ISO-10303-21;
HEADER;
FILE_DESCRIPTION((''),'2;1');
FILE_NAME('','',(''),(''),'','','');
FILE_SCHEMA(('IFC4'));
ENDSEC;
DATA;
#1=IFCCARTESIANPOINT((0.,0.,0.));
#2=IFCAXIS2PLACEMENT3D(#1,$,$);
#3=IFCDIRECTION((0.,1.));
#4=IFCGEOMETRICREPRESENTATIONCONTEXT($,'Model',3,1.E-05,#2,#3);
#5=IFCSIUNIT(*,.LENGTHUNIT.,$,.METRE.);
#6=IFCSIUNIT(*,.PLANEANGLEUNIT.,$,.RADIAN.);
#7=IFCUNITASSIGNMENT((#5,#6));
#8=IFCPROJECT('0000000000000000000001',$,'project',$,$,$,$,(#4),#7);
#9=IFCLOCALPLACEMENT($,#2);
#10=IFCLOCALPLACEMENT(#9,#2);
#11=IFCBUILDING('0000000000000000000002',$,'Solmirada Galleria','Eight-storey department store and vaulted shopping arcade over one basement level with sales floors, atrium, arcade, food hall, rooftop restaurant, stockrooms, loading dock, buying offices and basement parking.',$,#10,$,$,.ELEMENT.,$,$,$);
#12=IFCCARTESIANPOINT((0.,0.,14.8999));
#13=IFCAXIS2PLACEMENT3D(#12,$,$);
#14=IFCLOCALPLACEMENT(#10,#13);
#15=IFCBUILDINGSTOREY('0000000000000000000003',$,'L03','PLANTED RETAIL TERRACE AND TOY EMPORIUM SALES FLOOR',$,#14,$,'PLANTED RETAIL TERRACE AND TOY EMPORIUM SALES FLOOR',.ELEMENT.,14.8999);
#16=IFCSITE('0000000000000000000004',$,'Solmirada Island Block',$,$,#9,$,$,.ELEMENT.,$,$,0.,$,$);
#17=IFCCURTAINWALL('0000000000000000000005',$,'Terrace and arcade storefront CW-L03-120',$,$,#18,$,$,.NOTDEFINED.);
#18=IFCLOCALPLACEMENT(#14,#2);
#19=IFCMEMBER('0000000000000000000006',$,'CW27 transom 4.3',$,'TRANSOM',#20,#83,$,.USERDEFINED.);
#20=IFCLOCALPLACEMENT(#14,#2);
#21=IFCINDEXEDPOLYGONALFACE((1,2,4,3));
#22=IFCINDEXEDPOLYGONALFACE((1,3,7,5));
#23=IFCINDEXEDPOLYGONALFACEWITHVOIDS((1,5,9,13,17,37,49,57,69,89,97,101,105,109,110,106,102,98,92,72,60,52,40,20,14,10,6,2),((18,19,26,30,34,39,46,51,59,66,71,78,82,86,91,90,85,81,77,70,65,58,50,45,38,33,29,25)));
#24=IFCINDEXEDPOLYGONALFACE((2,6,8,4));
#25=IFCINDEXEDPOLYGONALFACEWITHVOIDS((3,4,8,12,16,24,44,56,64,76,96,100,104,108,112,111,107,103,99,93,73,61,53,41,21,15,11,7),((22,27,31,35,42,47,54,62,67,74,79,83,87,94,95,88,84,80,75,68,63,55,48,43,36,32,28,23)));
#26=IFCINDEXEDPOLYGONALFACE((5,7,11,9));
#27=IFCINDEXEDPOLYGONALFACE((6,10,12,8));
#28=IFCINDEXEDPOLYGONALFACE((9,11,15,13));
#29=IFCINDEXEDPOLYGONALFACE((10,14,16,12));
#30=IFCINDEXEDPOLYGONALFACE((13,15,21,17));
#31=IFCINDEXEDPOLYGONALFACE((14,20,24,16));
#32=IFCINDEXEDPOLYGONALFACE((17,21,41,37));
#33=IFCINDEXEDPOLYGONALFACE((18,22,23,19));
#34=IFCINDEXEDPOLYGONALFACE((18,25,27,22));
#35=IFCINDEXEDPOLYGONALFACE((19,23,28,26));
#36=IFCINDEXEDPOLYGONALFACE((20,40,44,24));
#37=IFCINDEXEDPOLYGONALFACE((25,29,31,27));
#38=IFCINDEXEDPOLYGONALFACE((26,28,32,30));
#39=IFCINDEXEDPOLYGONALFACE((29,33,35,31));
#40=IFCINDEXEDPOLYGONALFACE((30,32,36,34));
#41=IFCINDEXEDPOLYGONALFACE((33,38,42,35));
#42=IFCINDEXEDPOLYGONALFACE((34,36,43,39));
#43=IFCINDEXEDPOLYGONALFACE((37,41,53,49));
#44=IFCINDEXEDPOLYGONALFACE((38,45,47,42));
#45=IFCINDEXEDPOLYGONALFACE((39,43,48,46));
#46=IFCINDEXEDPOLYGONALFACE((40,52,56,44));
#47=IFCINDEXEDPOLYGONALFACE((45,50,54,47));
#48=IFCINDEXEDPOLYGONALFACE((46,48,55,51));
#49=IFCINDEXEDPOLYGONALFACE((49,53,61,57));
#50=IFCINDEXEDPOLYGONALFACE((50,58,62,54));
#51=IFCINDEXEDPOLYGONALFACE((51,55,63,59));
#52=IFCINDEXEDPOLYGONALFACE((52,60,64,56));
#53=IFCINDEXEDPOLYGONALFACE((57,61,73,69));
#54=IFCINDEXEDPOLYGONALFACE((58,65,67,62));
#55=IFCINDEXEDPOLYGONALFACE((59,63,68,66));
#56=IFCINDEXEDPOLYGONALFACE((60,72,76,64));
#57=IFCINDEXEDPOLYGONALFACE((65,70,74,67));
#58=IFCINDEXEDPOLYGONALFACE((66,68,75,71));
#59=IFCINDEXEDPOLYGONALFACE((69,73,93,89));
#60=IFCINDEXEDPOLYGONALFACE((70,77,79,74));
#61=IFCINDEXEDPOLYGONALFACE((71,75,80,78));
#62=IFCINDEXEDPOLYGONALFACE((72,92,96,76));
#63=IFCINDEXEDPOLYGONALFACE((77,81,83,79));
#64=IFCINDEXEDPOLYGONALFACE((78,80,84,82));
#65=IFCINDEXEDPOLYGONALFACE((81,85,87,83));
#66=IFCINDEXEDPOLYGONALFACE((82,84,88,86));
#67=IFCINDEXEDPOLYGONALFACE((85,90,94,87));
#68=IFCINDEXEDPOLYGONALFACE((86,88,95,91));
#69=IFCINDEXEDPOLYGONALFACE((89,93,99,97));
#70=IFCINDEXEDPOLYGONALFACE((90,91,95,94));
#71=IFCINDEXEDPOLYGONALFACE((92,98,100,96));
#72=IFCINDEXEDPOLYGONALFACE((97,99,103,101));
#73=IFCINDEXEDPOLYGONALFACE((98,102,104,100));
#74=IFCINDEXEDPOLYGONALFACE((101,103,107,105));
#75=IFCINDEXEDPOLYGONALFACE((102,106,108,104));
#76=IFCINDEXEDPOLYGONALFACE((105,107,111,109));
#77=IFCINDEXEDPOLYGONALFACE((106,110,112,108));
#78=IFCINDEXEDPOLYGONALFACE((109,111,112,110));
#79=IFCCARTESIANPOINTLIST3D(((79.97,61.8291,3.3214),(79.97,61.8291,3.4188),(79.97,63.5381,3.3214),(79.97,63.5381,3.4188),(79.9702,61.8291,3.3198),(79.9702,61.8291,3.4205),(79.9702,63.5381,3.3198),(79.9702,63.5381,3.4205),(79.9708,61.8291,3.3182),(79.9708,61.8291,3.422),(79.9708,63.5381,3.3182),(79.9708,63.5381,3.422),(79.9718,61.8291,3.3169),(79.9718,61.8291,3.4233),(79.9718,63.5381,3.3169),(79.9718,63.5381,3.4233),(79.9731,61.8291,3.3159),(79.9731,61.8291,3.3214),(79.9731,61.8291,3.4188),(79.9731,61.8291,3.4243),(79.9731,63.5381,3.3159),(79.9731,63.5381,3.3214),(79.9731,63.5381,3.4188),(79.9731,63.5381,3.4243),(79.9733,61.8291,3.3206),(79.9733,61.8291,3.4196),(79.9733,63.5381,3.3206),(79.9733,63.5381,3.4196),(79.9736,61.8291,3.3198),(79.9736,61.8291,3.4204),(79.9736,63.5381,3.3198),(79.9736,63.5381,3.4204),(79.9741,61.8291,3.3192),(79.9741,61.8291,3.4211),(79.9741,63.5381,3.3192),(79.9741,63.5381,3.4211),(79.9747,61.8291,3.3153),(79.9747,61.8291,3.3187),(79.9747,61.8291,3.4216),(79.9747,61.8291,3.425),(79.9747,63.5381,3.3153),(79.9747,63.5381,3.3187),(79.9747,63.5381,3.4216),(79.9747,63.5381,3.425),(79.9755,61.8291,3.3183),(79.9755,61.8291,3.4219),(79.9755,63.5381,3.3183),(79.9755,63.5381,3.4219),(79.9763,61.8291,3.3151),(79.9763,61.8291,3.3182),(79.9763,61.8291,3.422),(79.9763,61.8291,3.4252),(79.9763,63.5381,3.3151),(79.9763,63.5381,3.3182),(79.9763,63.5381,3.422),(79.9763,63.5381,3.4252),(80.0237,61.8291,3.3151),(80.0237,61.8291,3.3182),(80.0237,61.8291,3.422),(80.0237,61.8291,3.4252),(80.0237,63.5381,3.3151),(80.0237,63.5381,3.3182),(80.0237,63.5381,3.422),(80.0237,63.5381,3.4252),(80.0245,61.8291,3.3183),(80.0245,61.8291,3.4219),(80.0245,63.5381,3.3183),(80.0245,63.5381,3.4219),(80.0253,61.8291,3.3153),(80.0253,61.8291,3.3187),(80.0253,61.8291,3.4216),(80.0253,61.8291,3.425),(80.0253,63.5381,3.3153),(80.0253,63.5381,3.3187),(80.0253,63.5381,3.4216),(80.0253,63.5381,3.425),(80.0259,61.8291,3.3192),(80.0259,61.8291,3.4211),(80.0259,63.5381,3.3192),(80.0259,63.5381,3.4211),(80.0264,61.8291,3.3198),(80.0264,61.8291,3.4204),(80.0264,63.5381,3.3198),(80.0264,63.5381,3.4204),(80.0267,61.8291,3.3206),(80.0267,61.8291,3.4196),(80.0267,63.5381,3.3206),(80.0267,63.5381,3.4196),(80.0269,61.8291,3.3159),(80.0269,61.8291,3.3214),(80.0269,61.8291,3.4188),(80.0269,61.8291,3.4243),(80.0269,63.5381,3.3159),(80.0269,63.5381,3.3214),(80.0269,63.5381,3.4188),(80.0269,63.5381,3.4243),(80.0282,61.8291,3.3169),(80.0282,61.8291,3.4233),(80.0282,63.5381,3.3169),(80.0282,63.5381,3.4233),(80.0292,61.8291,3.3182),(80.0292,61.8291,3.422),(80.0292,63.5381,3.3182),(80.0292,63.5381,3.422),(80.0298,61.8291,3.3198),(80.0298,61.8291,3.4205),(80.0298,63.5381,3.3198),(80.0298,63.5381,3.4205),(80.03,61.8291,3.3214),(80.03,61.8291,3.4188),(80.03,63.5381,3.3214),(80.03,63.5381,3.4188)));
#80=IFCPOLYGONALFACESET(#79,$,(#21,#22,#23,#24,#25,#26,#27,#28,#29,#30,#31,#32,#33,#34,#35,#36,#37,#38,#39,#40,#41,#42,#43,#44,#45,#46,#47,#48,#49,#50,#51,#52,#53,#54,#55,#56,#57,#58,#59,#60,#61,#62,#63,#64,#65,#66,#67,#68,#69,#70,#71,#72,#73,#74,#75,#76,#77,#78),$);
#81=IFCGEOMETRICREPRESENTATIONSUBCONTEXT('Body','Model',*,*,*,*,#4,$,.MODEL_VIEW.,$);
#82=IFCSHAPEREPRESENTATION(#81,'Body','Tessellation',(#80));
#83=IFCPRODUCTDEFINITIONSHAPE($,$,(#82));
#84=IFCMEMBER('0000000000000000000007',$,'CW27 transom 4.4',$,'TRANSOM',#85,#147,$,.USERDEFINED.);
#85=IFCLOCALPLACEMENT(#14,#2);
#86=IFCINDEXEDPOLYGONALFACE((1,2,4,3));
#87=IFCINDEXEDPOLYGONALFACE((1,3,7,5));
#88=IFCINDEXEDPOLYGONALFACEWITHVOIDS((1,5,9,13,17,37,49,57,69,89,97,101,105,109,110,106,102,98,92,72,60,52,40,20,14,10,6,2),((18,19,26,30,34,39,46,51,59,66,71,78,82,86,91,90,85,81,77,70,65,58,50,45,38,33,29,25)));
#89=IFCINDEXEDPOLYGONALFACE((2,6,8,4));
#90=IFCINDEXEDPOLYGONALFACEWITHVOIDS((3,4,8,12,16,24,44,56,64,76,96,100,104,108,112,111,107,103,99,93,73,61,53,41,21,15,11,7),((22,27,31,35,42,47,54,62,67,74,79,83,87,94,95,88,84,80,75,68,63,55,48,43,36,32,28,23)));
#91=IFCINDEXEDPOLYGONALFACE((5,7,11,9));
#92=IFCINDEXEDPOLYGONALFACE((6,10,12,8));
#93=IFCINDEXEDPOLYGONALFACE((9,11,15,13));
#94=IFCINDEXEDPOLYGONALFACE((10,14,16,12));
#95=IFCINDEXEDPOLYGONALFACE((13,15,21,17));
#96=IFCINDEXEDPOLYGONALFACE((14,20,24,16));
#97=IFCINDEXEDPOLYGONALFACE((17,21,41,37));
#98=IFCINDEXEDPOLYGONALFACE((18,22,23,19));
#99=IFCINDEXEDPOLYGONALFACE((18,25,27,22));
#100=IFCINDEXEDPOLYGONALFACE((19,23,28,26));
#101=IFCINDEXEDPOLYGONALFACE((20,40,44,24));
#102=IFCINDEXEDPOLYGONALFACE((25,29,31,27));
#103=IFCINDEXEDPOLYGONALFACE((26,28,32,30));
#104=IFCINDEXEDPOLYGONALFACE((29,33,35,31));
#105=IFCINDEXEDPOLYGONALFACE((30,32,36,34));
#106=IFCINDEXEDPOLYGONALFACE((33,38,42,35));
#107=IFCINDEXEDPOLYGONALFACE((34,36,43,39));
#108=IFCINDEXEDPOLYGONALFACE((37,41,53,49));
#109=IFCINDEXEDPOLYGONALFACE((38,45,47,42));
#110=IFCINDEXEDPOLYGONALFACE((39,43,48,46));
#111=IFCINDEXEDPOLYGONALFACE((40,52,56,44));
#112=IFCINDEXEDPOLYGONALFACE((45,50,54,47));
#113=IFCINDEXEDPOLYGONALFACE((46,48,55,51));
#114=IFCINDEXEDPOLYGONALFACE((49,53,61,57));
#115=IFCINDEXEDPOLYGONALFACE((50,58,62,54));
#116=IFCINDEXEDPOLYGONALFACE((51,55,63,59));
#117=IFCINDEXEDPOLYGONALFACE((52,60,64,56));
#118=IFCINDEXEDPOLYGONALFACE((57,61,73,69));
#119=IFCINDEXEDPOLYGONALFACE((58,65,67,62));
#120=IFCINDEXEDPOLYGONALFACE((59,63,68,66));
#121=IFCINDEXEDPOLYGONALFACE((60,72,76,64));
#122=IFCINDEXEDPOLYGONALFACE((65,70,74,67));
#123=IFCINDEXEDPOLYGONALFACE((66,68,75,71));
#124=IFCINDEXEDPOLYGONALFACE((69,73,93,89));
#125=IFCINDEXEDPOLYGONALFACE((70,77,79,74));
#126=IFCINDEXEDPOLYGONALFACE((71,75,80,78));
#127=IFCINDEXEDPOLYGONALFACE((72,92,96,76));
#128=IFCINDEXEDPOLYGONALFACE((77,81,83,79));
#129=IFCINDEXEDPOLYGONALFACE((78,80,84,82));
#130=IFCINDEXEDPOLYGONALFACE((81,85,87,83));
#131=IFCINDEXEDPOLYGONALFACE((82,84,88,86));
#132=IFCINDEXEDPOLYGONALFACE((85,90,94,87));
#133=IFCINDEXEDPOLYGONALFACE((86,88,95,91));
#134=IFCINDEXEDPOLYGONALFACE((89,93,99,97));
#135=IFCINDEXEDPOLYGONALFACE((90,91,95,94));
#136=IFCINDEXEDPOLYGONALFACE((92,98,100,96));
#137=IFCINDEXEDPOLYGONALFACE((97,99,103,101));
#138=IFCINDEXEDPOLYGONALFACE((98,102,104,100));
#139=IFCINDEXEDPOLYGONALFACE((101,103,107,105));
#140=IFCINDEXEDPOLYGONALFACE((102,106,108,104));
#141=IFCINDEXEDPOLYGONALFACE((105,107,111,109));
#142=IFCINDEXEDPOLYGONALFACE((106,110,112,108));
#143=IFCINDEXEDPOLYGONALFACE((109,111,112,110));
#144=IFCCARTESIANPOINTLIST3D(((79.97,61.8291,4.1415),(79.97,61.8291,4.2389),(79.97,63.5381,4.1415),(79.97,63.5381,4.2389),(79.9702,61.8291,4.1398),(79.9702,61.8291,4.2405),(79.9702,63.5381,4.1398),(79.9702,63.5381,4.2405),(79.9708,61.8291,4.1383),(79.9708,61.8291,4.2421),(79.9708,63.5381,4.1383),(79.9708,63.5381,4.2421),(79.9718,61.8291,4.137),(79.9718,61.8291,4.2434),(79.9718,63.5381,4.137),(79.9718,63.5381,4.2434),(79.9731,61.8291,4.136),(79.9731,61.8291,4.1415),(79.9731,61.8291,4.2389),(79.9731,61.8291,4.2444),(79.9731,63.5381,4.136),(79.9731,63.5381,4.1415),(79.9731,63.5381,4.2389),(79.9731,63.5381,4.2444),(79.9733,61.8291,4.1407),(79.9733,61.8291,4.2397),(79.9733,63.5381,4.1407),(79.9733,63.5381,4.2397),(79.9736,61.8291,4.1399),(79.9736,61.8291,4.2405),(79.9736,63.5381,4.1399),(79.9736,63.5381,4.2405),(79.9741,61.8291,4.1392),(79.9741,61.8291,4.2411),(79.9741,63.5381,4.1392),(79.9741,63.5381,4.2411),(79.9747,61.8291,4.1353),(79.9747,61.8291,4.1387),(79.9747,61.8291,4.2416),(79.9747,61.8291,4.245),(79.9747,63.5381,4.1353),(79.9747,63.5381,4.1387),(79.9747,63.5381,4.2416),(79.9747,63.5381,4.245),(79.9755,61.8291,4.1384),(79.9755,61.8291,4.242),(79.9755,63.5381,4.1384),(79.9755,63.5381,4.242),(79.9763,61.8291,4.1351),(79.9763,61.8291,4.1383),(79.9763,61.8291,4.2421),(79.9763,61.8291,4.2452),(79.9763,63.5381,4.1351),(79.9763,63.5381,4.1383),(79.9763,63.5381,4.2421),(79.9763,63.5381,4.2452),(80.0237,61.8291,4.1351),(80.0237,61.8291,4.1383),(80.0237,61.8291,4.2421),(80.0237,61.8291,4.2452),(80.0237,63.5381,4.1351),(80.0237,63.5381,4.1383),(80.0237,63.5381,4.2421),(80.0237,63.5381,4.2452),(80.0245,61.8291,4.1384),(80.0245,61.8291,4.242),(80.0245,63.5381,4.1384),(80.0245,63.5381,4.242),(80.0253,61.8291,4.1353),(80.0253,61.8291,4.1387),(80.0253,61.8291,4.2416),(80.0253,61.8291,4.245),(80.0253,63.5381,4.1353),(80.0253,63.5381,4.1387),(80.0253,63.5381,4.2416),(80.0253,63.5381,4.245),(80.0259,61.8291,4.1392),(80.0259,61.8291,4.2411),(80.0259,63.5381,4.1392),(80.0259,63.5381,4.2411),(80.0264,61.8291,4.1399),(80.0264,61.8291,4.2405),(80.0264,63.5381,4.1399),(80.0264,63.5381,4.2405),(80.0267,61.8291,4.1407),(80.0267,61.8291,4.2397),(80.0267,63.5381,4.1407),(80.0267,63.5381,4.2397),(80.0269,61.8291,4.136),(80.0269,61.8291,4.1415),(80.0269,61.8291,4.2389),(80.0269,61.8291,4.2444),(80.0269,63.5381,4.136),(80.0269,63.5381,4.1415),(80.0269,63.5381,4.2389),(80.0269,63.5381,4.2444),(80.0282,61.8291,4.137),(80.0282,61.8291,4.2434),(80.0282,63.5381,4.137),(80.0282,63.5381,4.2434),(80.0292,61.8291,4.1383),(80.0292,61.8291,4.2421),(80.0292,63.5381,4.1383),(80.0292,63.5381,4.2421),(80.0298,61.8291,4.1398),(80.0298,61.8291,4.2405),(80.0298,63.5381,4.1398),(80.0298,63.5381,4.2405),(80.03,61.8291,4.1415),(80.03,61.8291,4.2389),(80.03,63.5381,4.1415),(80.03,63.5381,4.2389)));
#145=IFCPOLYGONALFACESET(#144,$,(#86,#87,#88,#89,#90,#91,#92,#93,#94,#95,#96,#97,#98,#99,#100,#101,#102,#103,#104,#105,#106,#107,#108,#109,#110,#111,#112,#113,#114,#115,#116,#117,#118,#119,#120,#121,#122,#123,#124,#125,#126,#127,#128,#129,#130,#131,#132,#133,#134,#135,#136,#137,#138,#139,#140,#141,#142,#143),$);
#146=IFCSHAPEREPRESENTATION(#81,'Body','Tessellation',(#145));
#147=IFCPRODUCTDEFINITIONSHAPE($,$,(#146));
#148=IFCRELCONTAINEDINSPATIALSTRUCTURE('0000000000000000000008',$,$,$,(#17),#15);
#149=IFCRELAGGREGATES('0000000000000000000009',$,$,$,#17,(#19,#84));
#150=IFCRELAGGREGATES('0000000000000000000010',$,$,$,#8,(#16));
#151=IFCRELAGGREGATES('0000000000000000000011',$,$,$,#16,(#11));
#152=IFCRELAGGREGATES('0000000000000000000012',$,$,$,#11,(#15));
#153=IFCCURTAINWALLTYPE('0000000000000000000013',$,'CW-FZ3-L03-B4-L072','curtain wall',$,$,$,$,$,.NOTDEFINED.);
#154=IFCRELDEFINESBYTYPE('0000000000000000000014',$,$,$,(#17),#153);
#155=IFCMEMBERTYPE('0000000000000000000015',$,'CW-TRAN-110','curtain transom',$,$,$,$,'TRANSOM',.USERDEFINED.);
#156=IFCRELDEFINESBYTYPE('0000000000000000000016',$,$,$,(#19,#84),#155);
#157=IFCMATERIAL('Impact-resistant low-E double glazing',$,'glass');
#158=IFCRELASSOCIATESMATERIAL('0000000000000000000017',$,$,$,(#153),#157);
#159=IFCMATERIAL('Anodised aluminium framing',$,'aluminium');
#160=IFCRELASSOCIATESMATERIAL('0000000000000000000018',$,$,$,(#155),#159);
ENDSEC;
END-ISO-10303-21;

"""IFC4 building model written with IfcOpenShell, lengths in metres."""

from ifc_helpers import new_model, si_unit, direction, frame, origin, origin_2d, place, context, subcontext, project, spatial, hollow_rectangle, extrude, material, material_profile, profile_set, type_object, element, aggregate, save


model = new_model("IFC4")

# Units and contexts
model_context = context("Model", 3, precision=1e-05, world=origin(), true_north=direction((0.0, 1.0)))
body_context = subcontext(model_context, "Body", "Model", "MODEL_VIEW")
ifc_project = project(units=[si_unit("LENGTHUNIT", "METRE"), si_unit("PLANEANGLEUNIT", "RADIAN")], contexts=[model_context])

# Site, building, storey
site_placement = place(None, origin())
site = spatial("IfcSite", under=ifc_project, at=site_placement, Name="Solmirada Island Block", CompositionType="ELEMENT", RefElevation=0.0)
building_placement = place(site_placement, origin())
building = spatial("IfcBuilding", under=site, at=building_placement, Name="Solmirada Galleria", Description="Eight-storey department store and vaulted shopping arcade over one basement level with sales floors, atrium, arcade, food hall, rooftop restaurant, stockrooms, loading dock, buying offices and basement parking.", CompositionType="ELEMENT")
storey_placement = place(building_placement, frame((0.0, 0.0, 14.8999)))
storey = spatial("IfcBuildingStorey", under=building, at=storey_placement, Name="L03", Description="PLANTED RETAIL TERRACE AND TOY EMPORIUM SALES FLOOR", LongName="PLANTED RETAIL TERRACE AND TOY EMPORIUM SALES FLOOR", CompositionType="ELEMENT", Elevation=14.8999)

# Curtain wall
ifc_material_1 = material(Name="Impact-resistant low-E double glazing", Category="glass")
curtain_wall_type = type_object("IfcCurtainWallType", Name="CW-FZ3-L03-B4-L072", Description="curtain wall", PredefinedType="NOTDEFINED", material=ifc_material_1)
curtain_wall_1_placement = place(storey_placement, origin())
curtain_wall_1 = element("IfcCurtainWall", 1, at=curtain_wall_1_placement, inside=storey, type_object=curtain_wall_type, Name="Terrace and arcade storefront CW-L03-120", PredefinedType="NOTDEFINED")
ifc_material_2 = material(Name="Anodised aluminium framing", Category="aluminium")

# Members
ifc_material_profile_1 = material_profile(ifc_material_2, hollow_rectangle(XDim=0.0601, YDim=0.1101, WallThickness=0.0032, InnerFilletRadius=0.0032, OuterFilletRadius=0.0063, at=origin_2d()), Name="ALU-TRAN-110X60")
ifc_profile_set_1 = profile_set([ifc_material_profile_1], Name="Anodised aluminium framing")
member_type_1 = type_object("IfcMemberType", Name="CW-TRAN-110", Description="curtain transom", ElementType="TRANSOM", PredefinedType="USERDEFINED", material=ifc_profile_set_1)
member_1_placement = place(storey_placement, frame((80.0, 61.8291, 3.3701), z_axis=(0.0, 1.0, 0.0), x_axis=(-1.0, 0.0, 0.0)))
member_1 = element("IfcMember", 2, at=member_1_placement, type_object=member_type_1, Name="CW27 transom 4.3", ObjectType="TRANSOM", PredefinedType="USERDEFINED", context=body_context, shape_type="SweptSolid", body=[
    extrude(hollow_rectangle(XDim=0.0601, YDim=0.1101, WallThickness=0.0032, InnerFilletRadius=0.0032, OuterFilletRadius=0.0063, at=origin_2d()), origin(), (0.0, 0.0, 1.0), 1.709),
])
member_2_placement = place(storey_placement, frame((80.0, 61.8291, 4.1902), z_axis=(0.0, 1.0, 0.0), x_axis=(-1.0, 0.0, 0.0)))
member_2 = element("IfcMember", 3, at=member_2_placement, type_object=member_type_1, Name="CW27 transom 4.4", ObjectType="TRANSOM", PredefinedType="USERDEFINED", context=body_context, shape_type="SweptSolid", body=[
    extrude(hollow_rectangle(XDim=0.0601, YDim=0.1101, WallThickness=0.0032, InnerFilletRadius=0.0032, OuterFilletRadius=0.0063, at=origin_2d()), origin(), (0.0, 0.0, 1.0), 1.709),
])

aggregate(curtain_wall_1, [member_1, member_2])

save(model, "model.ifc")
